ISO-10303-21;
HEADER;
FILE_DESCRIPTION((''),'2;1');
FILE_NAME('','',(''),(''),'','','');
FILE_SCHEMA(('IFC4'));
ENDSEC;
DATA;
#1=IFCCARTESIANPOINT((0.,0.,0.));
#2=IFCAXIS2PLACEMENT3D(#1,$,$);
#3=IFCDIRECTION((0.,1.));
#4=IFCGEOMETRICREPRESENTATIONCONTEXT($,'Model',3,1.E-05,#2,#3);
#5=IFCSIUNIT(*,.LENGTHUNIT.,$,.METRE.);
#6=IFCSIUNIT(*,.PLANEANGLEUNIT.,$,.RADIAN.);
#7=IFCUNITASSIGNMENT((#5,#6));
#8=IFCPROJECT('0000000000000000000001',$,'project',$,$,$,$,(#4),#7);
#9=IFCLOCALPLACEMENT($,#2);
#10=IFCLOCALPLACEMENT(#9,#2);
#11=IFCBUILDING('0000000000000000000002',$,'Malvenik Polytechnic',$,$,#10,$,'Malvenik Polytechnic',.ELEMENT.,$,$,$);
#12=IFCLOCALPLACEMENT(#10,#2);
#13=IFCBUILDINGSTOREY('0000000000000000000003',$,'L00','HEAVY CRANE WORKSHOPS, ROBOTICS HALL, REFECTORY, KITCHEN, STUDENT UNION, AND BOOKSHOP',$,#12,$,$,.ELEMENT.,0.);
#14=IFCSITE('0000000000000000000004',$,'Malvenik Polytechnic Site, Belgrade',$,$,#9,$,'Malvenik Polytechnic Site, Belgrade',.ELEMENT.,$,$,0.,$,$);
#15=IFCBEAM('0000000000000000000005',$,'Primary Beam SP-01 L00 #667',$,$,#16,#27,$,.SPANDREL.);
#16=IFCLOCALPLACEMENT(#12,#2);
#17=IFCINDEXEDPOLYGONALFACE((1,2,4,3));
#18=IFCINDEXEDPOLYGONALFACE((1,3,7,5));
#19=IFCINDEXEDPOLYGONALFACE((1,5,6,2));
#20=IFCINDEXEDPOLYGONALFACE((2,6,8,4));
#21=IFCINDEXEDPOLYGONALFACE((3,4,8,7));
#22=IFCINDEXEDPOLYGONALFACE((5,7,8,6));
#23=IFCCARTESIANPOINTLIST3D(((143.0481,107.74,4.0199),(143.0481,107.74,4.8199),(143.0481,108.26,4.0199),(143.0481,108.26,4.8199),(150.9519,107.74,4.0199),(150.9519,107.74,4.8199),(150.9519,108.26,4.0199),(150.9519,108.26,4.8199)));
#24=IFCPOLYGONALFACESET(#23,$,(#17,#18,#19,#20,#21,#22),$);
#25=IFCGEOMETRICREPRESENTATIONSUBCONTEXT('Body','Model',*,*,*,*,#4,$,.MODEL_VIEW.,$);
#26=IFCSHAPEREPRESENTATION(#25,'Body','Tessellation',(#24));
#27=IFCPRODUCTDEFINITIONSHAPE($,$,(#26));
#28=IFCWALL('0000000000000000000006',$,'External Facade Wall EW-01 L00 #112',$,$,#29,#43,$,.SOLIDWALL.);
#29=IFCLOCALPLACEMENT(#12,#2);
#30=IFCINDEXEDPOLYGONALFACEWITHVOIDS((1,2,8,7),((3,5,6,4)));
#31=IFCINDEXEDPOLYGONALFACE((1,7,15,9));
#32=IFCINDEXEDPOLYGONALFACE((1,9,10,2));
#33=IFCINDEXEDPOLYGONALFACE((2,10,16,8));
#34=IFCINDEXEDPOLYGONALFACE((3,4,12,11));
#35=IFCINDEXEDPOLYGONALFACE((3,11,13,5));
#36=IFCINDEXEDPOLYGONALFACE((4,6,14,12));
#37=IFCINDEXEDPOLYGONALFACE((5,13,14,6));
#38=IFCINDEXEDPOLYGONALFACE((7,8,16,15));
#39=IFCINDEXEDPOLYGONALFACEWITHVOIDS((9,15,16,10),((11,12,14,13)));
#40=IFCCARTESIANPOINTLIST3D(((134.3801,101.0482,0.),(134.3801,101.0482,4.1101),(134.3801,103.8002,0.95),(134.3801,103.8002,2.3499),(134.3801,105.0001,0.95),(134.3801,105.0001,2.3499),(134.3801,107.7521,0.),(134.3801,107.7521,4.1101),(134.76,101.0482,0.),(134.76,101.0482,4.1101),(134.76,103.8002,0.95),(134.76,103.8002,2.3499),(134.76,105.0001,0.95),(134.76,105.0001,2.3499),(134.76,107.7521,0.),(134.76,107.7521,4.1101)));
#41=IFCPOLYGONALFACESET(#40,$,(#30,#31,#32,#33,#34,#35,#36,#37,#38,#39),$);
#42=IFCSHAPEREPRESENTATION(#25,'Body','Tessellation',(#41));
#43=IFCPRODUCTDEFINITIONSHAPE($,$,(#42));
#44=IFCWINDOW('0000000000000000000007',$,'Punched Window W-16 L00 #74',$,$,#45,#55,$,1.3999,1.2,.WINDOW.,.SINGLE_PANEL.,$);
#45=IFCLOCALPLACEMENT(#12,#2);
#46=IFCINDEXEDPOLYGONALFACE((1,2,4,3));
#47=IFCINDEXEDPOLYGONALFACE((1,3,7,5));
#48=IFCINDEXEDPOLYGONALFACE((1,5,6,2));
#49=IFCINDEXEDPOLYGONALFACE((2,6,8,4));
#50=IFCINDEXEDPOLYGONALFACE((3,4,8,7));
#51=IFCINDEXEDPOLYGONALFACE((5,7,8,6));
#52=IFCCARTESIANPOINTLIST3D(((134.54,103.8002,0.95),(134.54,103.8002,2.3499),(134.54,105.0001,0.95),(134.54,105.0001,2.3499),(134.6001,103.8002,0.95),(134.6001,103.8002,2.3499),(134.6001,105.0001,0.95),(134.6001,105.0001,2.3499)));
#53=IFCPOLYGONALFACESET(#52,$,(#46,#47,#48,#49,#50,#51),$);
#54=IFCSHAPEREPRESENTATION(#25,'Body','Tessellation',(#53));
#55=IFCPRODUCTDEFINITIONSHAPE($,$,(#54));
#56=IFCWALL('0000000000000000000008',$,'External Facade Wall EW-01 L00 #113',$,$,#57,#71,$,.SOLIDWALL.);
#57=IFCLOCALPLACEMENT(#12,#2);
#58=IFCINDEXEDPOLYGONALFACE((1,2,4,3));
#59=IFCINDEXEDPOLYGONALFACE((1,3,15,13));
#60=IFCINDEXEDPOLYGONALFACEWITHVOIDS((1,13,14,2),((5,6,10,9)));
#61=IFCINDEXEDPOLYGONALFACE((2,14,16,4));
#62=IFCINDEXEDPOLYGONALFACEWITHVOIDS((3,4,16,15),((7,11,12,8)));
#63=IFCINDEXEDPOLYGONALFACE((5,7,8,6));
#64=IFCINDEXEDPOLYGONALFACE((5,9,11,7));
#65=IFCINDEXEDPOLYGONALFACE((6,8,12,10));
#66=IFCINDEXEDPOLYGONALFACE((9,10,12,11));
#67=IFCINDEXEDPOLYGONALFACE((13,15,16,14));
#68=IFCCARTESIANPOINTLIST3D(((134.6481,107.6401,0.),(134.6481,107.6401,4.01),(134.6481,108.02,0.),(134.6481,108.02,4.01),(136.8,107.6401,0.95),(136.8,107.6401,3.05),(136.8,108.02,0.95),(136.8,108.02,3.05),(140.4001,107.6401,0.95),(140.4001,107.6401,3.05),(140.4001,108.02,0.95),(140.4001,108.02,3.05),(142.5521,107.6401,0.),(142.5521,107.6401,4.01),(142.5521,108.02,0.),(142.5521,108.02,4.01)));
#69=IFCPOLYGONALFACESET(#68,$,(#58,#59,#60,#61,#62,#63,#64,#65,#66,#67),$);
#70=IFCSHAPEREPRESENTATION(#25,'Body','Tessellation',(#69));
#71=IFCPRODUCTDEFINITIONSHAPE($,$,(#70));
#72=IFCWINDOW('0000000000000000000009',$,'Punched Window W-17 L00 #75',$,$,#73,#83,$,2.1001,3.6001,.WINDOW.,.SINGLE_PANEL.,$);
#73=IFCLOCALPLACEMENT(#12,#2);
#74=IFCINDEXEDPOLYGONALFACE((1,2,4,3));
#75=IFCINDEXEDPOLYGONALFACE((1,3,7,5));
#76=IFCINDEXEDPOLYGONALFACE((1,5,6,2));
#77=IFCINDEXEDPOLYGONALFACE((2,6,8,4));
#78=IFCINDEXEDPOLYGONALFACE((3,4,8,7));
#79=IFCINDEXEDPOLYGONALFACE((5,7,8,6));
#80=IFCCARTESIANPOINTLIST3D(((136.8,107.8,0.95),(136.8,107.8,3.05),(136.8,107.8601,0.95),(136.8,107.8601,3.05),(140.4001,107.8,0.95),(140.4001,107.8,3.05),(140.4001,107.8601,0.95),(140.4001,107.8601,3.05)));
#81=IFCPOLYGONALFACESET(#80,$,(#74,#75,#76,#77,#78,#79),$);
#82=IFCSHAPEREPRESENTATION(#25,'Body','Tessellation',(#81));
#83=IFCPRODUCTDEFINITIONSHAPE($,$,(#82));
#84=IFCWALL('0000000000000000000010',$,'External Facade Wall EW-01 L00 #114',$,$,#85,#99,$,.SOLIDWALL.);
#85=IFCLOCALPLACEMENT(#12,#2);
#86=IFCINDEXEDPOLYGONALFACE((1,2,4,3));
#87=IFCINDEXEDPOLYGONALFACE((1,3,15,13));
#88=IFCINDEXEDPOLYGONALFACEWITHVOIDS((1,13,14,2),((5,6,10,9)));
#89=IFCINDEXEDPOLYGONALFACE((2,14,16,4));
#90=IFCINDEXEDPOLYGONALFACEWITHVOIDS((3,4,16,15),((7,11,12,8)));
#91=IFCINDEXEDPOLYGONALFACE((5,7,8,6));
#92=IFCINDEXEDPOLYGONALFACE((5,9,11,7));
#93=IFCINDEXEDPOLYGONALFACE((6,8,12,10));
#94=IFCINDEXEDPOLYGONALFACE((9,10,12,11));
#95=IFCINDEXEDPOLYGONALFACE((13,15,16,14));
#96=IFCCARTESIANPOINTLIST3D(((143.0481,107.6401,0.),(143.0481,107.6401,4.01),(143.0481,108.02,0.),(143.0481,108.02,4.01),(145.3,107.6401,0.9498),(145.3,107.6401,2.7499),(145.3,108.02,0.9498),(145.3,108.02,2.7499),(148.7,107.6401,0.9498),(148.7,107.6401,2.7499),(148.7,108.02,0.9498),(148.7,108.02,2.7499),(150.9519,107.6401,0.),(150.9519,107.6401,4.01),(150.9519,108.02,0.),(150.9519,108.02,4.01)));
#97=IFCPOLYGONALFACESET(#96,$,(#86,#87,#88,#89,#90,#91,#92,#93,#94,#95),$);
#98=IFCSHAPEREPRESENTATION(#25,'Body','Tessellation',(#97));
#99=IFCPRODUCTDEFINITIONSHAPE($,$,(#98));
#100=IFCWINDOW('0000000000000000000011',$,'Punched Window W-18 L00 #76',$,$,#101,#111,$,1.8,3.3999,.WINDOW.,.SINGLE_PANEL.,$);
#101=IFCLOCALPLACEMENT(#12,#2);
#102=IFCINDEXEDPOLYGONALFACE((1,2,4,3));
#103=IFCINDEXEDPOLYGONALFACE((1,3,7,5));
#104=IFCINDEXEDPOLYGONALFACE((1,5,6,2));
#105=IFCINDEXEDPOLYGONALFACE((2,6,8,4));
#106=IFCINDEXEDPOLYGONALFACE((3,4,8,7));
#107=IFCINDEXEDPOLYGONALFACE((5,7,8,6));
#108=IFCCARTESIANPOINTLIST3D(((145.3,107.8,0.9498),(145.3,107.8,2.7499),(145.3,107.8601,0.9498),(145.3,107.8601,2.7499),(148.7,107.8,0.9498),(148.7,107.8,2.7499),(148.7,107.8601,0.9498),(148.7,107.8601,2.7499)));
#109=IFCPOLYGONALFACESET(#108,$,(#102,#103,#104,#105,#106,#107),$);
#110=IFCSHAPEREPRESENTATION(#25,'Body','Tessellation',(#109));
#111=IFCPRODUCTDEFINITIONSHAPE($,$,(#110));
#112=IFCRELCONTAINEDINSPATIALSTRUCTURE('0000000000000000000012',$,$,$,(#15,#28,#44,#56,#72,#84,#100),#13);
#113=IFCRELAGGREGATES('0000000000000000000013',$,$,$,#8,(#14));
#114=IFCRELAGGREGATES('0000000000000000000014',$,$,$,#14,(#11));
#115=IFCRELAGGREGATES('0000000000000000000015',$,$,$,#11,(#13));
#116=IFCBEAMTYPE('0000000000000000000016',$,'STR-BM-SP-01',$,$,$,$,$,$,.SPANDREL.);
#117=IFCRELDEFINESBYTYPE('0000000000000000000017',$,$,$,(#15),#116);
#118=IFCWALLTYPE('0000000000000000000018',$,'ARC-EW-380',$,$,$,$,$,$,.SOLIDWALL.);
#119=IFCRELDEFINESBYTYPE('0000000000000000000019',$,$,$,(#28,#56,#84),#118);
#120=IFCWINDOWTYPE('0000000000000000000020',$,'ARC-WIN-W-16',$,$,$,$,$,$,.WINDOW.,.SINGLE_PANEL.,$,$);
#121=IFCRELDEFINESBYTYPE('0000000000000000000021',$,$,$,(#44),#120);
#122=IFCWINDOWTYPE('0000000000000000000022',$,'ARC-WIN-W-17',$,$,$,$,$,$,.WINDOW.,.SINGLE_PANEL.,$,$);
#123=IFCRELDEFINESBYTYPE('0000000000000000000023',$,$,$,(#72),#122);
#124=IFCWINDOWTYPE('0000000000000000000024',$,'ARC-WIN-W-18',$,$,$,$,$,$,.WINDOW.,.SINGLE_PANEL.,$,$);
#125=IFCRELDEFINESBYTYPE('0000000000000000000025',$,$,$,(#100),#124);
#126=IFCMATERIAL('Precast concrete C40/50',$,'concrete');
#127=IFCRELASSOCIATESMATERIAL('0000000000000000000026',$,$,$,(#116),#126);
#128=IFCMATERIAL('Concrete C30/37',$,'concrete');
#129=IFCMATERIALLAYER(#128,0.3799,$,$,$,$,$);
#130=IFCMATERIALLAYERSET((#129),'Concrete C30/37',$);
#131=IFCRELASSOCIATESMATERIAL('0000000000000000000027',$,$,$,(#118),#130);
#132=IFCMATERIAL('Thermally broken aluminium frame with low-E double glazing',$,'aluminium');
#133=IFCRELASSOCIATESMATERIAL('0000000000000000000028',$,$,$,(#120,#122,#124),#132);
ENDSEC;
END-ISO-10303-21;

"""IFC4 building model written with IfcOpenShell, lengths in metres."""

from ifc_helpers import new_model, si_unit, direction, frame, frame_2d, origin, origin_2d, place, context, subcontext, project, spatial, rectangle, extrude, material, layer, layer_set, material_profile, profile_set, type_object, element, fill, save


model = new_model("IFC4")

# Units and contexts
model_context = context("Model", 3, precision=1e-05, world=origin(), true_north=direction((0.0, 1.0)))
body_context = subcontext(model_context, "Body", "Model", "MODEL_VIEW")
ifc_project = project(units=[si_unit("LENGTHUNIT", "METRE"), si_unit("PLANEANGLEUNIT", "RADIAN")], contexts=[model_context])

# Site, building, storey
site_placement = place(None, origin())
site = spatial("IfcSite", under=ifc_project, at=site_placement, Name="Malvenik Polytechnic Site, Belgrade", LongName="Malvenik Polytechnic Site, Belgrade", CompositionType="ELEMENT", RefElevation=0.0)
building_placement = place(site_placement, origin())
building = spatial("IfcBuilding", under=site, at=building_placement, Name="Malvenik Polytechnic", LongName="Malvenik Polytechnic", CompositionType="ELEMENT")
storey_placement = place(building_placement, origin())
storey = spatial("IfcBuildingStorey", under=building, at=storey_placement, Name="L00", Description="HEAVY CRANE WORKSHOPS, ROBOTICS HALL, REFECTORY, KITCHEN, STUDENT UNION, AND BOOKSHOP", CompositionType="ELEMENT", Elevation=0.0)

# Beam
ifc_material_1 = material(Name="Concrete C30/37", Category="concrete")
ifc_material_2 = material(Name="Precast concrete C40/50", Category="concrete")
ifc_material_profile_1 = material_profile(ifc_material_2, rectangle(XDim=0.52, YDim=0.8, at=origin_2d()), Name="PC SPN 520x800")
ifc_profile_set_1 = profile_set([ifc_material_profile_1], Name="Precast concrete C40/50")
beam_type_1 = type_object("IfcBeamType", Name="STR-BM-SP-01", PredefinedType="SPANDREL", material=ifc_profile_set_1)
beam_1_placement = place(storey_placement, frame((143.0481, 108.0, 4.4199), z_axis=(1.0, 0.0, 0.0), x_axis=(0.0, 1.0, 0.0)))
element("IfcBeam", 1, at=beam_1_placement, inside=storey, type_object=beam_type_1, Name="Primary Beam SP-01 L00 #667", PredefinedType="SPANDREL", context=body_context, shape_type="SweptSolid", body=[
    extrude(rectangle(XDim=0.52, YDim=0.8, at=origin_2d()), origin(), (0.0, 0.0, 1.0), 7.9038),
])

# Walls, openings, windows
ifc_layer = layer(ifc_material_1, 0.3799)
ifc_layer_set = layer_set([ifc_layer], Name="Concrete C30/37")
wall_type = type_object("IfcWallType", Name="ARC-EW-380", PredefinedType="SOLIDWALL", material=ifc_layer_set)
wall_1_placement = place(storey_placement, frame((134.5701, 101.0481, 0.0), z_axis=(0.0, 0.0, 1.0), x_axis=(0.0, 1.0, 0.0)))
wall_1 = element("IfcWall", 2, at=wall_1_placement, inside=storey, type_object=wall_type, Name="External Facade Wall EW-01 L00 #112", PredefinedType="SOLIDWALL", context=body_context, shape_type="SweptSolid", body=[
    extrude(rectangle(XDim=6.7039, YDim=0.3799, at=frame_2d((3.3521, 0.0))), origin(), (0.0, 0.0, 1.0), 4.1101),
])
opening_1_placement = place(wall_1_placement, frame((2.752, 0.0, 0.95)))
opening_1 = element("IfcOpeningElement", 3, at=opening_1_placement, cuts=wall_1, PredefinedType="OPENING", context=body_context, shape_type="SweptSolid", body=[
    extrude(rectangle(XDim=1.2, YDim=1.3999, at=frame_2d((0.6001, 0.7))), frame((0.0, 0.2, 0.0), z_axis=(0.0, -1.0, 0.0), x_axis=(1.0, 0.0, 0.0)), (0.0, 0.0, 1.0), 0.3999),
])
ifc_material_3 = material(Name="Thermally broken aluminium frame with low-E double glazing", Category="aluminium")
window_type_1 = type_object("IfcWindowType", Name="ARC-WIN-W-16", PartitioningType="SINGLE_PANEL", PredefinedType="WINDOW", material=ifc_material_3)
window_1_placement = place(opening_1_placement, origin())
window_1 = element("IfcWindow", 4, at=window_1_placement, inside=storey, type_object=window_type_1, Name="Punched Window W-16 L00 #74", OverallHeight=1.3999, OverallWidth=1.2, PartitioningType="SINGLE_PANEL", PredefinedType="WINDOW", context=body_context, shape_type="SweptSolid", body=[
    extrude(rectangle(XDim=1.2, YDim=1.3999, at=frame_2d((0.6001, 0.7))), frame((0.0, 0.03, 0.0), z_axis=(0.0, -1.0, 0.0), x_axis=(1.0, 0.0, 0.0)), (0.0, 0.0, 1.0), 0.0601),
])
fill(opening_1, window_1)
wall_2_placement = place(storey_placement, frame((134.6479, 107.8301, 0.0), z_axis=(0.0, 0.0, 1.0), x_axis=(1.0, 0.0, 0.0)))
wall_2 = element("IfcWall", 5, at=wall_2_placement, inside=storey, type_object=wall_type, Name="External Facade Wall EW-01 L00 #113", PredefinedType="SOLIDWALL", context=body_context, shape_type="SweptSolid", body=[
    extrude(rectangle(XDim=7.9041, YDim=0.3799, at=frame_2d((3.9521, 0.0))), origin(), (0.0, 0.0, 1.0), 4.01),
])
opening_2_placement = place(wall_2_placement, frame((2.1521, 0.0, 0.95)))
opening_2 = element("IfcOpeningElement", 6, at=opening_2_placement, cuts=wall_2, PredefinedType="OPENING", context=body_context, shape_type="SweptSolid", body=[
    extrude(rectangle(XDim=3.6001, YDim=2.1001, at=frame_2d((1.8, 1.05))), frame((0.0, 0.2, 0.0), z_axis=(0.0, -1.0, 0.0), x_axis=(1.0, 0.0, 0.0)), (0.0, 0.0, 1.0), 0.3999),
])
window_type_2 = type_object("IfcWindowType", Name="ARC-WIN-W-17", PartitioningType="SINGLE_PANEL", PredefinedType="WINDOW", material=ifc_material_3)
window_2_placement = place(opening_2_placement, origin())
window_2 = element("IfcWindow", 7, at=window_2_placement, inside=storey, type_object=window_type_2, Name="Punched Window W-17 L00 #75", OverallHeight=2.1001, OverallWidth=3.6001, PartitioningType="SINGLE_PANEL", PredefinedType="WINDOW", context=body_context, shape_type="SweptSolid", body=[
    extrude(rectangle(XDim=3.6001, YDim=2.1001, at=frame_2d((1.8, 1.05))), frame((0.0, 0.03, 0.0), z_axis=(0.0, -1.0, 0.0), x_axis=(1.0, 0.0, 0.0)), (0.0, 0.0, 1.0), 0.0601),
])
fill(opening_2, window_2)
wall_3_placement = place(storey_placement, frame((143.0481, 107.8301, 0.0), z_axis=(0.0, 0.0, 1.0), x_axis=(1.0, 0.0, 0.0)))
wall_3 = element("IfcWall", 8, at=wall_3_placement, inside=storey, type_object=wall_type, Name="External Facade Wall EW-01 L00 #114", PredefinedType="SOLIDWALL", context=body_context, shape_type="SweptSolid", body=[
    extrude(rectangle(XDim=7.9038, YDim=0.3799, at=frame_2d((3.9519, 0.0))), origin(), (0.0, 0.0, 1.0), 4.01),
])
opening_3_placement = place(wall_3_placement, frame((2.252, 0.0, 0.95)))
opening_3 = element("IfcOpeningElement", 9, at=opening_3_placement, cuts=wall_3, PredefinedType="OPENING", context=body_context, shape_type="SweptSolid", body=[
    extrude(rectangle(XDim=3.3999, YDim=1.8, at=frame_2d((1.7, 0.8999))), frame((0.0, 0.2, 0.0), z_axis=(0.0, -1.0, 0.0), x_axis=(1.0, 0.0, 0.0)), (0.0, 0.0, 1.0), 0.3999),
])
window_type_3 = type_object("IfcWindowType", Name="ARC-WIN-W-18", PartitioningType="SINGLE_PANEL", PredefinedType="WINDOW", material=ifc_material_3)
window_3_placement = place(opening_3_placement, origin())
window_3 = element("IfcWindow", 10, at=window_3_placement, inside=storey, type_object=window_type_3, Name="Punched Window W-18 L00 #76", OverallHeight=1.8, OverallWidth=3.3999, PartitioningType="SINGLE_PANEL", PredefinedType="WINDOW", context=body_context, shape_type="SweptSolid", body=[
    extrude(rectangle(XDim=3.3999, YDim=1.8, at=frame_2d((1.7, 0.8999))), frame((0.0, 0.03, 0.0), z_axis=(0.0, -1.0, 0.0), x_axis=(1.0, 0.0, 0.0)), (0.0, 0.0, 1.0), 0.0601),
])
fill(opening_3, window_3)

save(model, "model.ifc")
